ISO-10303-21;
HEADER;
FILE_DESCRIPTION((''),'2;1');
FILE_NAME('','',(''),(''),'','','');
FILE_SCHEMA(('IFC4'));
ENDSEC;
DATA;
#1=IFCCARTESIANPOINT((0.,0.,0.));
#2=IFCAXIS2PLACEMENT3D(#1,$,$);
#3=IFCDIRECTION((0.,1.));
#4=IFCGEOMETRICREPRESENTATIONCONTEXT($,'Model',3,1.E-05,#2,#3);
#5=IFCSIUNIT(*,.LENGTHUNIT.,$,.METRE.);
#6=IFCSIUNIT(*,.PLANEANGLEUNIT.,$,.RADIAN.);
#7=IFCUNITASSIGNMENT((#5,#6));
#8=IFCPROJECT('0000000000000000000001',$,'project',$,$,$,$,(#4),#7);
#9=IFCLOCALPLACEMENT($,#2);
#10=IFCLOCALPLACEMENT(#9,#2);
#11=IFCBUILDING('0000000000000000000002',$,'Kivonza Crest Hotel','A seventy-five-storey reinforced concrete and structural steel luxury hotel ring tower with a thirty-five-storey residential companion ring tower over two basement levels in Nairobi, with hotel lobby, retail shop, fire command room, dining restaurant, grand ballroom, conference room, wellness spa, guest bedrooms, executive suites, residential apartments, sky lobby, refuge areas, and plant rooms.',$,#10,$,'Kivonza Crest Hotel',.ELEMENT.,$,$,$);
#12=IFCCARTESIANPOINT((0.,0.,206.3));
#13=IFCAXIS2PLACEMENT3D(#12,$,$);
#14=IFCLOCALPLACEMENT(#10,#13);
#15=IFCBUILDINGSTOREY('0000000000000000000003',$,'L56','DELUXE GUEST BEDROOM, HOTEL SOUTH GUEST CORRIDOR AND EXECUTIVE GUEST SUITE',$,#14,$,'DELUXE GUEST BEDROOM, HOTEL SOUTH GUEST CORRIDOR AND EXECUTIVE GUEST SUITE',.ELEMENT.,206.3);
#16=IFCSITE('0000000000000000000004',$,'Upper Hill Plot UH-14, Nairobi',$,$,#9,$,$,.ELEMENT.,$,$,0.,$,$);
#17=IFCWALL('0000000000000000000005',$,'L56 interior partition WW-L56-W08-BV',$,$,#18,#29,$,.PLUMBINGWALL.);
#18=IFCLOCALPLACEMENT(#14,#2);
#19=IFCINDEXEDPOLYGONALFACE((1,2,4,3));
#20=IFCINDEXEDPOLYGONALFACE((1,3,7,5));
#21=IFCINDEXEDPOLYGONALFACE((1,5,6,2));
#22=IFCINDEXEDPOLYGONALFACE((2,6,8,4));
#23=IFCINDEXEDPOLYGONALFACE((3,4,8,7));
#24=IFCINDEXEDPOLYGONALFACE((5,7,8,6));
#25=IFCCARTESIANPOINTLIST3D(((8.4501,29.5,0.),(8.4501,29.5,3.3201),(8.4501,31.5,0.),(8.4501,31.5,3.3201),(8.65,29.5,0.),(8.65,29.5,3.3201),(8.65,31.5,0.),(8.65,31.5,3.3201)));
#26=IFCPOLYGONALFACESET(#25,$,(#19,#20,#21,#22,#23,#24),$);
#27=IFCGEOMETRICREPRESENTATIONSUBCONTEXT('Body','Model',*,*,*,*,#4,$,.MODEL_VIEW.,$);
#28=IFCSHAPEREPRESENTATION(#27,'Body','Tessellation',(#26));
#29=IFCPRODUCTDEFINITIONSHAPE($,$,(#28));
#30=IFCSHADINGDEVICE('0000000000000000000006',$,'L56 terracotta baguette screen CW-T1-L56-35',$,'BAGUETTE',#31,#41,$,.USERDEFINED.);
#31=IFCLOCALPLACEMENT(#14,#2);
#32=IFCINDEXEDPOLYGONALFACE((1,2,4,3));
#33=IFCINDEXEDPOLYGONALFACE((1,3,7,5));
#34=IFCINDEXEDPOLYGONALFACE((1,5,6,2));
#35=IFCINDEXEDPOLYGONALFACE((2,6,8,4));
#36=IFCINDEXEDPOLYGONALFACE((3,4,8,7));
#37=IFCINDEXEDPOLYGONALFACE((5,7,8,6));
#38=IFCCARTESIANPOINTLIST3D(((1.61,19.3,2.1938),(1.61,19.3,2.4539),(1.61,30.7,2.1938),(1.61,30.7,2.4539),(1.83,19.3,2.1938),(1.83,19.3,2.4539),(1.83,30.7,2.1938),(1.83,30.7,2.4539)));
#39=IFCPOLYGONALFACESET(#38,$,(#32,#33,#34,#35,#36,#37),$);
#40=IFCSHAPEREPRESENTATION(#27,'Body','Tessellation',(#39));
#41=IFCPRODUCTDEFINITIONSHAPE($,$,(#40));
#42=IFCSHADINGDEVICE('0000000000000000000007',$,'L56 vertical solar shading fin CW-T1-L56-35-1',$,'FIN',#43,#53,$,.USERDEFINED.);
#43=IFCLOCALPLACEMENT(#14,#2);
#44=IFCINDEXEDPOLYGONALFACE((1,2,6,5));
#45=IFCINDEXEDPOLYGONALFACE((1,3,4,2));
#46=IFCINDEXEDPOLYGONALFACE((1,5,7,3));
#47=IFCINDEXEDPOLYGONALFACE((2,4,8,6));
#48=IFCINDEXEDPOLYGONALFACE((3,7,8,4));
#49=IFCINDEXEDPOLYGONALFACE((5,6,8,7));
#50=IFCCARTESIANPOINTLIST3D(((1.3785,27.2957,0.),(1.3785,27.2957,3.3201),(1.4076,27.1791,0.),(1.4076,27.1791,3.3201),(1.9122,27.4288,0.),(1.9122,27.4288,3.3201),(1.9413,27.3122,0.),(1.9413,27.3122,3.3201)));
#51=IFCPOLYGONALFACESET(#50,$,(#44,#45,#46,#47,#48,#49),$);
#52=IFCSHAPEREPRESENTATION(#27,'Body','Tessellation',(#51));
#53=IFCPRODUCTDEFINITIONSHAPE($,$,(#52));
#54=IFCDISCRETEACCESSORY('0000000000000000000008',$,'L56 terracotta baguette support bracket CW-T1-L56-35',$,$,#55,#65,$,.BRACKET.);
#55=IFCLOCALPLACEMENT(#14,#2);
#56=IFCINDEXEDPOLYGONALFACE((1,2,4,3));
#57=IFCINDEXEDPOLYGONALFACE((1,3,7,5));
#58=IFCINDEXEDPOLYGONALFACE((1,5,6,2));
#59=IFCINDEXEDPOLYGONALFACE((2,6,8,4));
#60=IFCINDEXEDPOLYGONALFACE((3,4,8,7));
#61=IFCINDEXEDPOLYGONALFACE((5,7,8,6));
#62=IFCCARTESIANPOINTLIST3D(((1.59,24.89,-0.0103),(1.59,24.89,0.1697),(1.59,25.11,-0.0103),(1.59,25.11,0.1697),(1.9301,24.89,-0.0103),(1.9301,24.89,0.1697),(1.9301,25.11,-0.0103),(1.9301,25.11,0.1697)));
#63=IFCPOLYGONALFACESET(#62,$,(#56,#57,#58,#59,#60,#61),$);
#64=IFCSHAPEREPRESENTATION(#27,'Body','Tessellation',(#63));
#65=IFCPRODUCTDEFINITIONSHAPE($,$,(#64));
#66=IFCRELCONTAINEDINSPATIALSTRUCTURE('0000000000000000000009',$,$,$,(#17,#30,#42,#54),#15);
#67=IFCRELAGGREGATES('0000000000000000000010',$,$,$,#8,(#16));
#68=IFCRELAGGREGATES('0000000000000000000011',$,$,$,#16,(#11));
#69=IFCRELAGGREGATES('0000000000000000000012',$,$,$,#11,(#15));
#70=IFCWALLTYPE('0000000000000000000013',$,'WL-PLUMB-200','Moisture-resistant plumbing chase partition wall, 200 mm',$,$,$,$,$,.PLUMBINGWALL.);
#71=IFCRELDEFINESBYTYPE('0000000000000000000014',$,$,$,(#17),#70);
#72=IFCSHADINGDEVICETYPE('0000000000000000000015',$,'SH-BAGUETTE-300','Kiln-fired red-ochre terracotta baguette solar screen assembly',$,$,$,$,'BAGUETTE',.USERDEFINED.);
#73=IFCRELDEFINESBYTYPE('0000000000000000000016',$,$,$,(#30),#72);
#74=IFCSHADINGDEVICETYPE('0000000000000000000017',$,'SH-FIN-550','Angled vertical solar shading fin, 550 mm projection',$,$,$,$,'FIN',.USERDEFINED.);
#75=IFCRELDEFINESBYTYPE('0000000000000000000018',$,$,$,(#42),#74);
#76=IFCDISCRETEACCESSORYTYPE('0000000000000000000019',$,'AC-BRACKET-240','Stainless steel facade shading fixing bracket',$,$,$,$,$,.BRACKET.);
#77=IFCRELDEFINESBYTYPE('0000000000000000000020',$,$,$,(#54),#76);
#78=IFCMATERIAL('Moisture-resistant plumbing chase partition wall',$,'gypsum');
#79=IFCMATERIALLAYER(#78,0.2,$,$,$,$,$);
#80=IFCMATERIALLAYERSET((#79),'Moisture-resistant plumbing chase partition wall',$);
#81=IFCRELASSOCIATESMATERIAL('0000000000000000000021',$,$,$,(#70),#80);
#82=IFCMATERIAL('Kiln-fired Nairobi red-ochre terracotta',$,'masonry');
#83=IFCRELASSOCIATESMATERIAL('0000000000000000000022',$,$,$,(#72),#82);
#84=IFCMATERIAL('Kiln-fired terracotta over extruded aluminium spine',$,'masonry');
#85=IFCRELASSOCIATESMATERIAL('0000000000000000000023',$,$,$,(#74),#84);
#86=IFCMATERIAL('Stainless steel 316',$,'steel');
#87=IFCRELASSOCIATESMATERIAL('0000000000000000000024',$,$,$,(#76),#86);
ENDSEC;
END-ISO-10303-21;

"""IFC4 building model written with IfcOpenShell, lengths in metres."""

from ifc_helpers import new_model, si_unit, direction, frame, frame_2d, origin, origin_2d, place, context, subcontext, project, spatial, rectangle, extrude, material, layer, layer_set, type_object, element, save


model = new_model("IFC4")

# Units and contexts
model_context = context("Model", 3, precision=1e-05, world=origin(), true_north=direction((0.0, 1.0)))
body_context = subcontext(model_context, "Body", "Model", "MODEL_VIEW")
ifc_project = project(units=[si_unit("LENGTHUNIT", "METRE"), si_unit("PLANEANGLEUNIT", "RADIAN")], contexts=[model_context])

# Site, building, storey
site_placement = place(None, origin())
site = spatial("IfcSite", under=ifc_project, at=site_placement, Name="Upper Hill Plot UH-14, Nairobi", CompositionType="ELEMENT", RefElevation=0.0)
building_placement = place(site_placement, origin())
building = spatial("IfcBuilding", under=site, at=building_placement, Name="Kivonza Crest Hotel", Description="A seventy-five-storey reinforced concrete and structural steel luxury hotel ring tower with a thirty-five-storey residential companion ring tower over two basement levels in Nairobi, with hotel lobby, retail shop, fire command room, dining restaurant, grand ballroom, conference room, wellness spa, guest bedrooms, executive suites, residential apartments, sky lobby, refuge areas, and plant rooms.", LongName="Kivonza Crest Hotel", CompositionType="ELEMENT")
storey_placement = place(building_placement, frame((0.0, 0.0, 206.3)))
storey = spatial("IfcBuildingStorey", under=building, at=storey_placement, Name="L56", Description="DELUXE GUEST BEDROOM, HOTEL SOUTH GUEST CORRIDOR AND EXECUTIVE GUEST SUITE", LongName="DELUXE GUEST BEDROOM, HOTEL SOUTH GUEST CORRIDOR AND EXECUTIVE GUEST SUITE", CompositionType="ELEMENT", Elevation=206.3)

# Wall
ifc_material_1 = material(Name="Moisture-resistant plumbing chase partition wall", Category="gypsum")
ifc_layer_1 = layer(ifc_material_1, 0.2)
ifc_layer_set_1 = layer_set([ifc_layer_1], Name="Moisture-resistant plumbing chase partition wall")
wall_type_1 = type_object("IfcWallType", Name="WL-PLUMB-200", Description="Moisture-resistant plumbing chase partition wall, 200 mm", PredefinedType="PLUMBINGWALL", material=ifc_layer_set_1)
wall_1_placement = place(storey_placement, frame((8.55, 29.5, 0.0), z_axis=(0.0, 0.0, 1.0), x_axis=(0.0, 1.0, 0.0)))
element("IfcWall", 1, at=wall_1_placement, inside=storey, type_object=wall_type_1, Name="L56 interior partition WW-L56-W08-BV", PredefinedType="PLUMBINGWALL", context=body_context, shape_type="SweptSolid", body=[
    extrude(rectangle(XDim=2.0, YDim=0.2, at=frame_2d((1.0, 0.0))), origin(), (0.0, 0.0, 1.0), 3.3201),
])

# Shading devices
ifc_material_2 = material(Name="Kiln-fired Nairobi red-ochre terracotta", Category="masonry")
shading_device_type_1 = type_object("IfcShadingDeviceType", Name="SH-BAGUETTE-300", Description="Kiln-fired red-ochre terracotta baguette solar screen assembly", ElementType="BAGUETTE", PredefinedType="USERDEFINED", material=ifc_material_2)
shading_device_1_placement = place(storey_placement, frame((1.72, 25.0, 2.1938), z_axis=(0.0, 0.0, 1.0), x_axis=(0.0, -1.0, 0.0)))
element("IfcShadingDevice", 2, at=shading_device_1_placement, inside=storey, type_object=shading_device_type_1, Name="L56 terracotta baguette screen CW-T1-L56-35", ObjectType="BAGUETTE", PredefinedType="USERDEFINED", context=body_context, shape_type="SweptSolid", body=[
    extrude(rectangle(XDim=11.3999, YDim=0.22, at=origin_2d()), origin(), (0.0, 0.0, 1.0), 0.26),
])
ifc_material_3 = material(Name="Kiln-fired terracotta over extruded aluminium spine", Category="masonry")
shading_device_type_2 = type_object("IfcShadingDeviceType", Name="SH-FIN-550", Description="Angled vertical solar shading fin, 550 mm projection", ElementType="FIN", PredefinedType="USERDEFINED", material=ifc_material_3)
shading_device_2_placement = place(storey_placement, frame((1.6599, 27.304, 0.0), z_axis=(0.0, 0.0, 1.0), x_axis=(0.241922, -0.970296, 0.0)))
element("IfcShadingDevice", 3, at=shading_device_2_placement, inside=storey, type_object=shading_device_type_2, Name="L56 vertical solar shading fin CW-T1-L56-35-1", ObjectType="FIN", PredefinedType="USERDEFINED", context=body_context, shape_type="SweptSolid", body=[
    extrude(rectangle(XDim=0.1201, YDim=0.55, at=origin_2d()), origin(), (0.0, 0.0, 1.0), 3.3201),
])

# Discrete accessory
ifc_material_4 = material(Name="Stainless steel 316", Category="steel")
discrete_accessory_type = type_object("IfcDiscreteAccessoryType", Name="AC-BRACKET-240", Description="Stainless steel facade shading fixing bracket", PredefinedType="BRACKET", material=ifc_material_4)
discrete_accessory_placement = place(storey_placement, frame((1.76, 25.0, -0.0103), z_axis=(0.0, 0.0, 1.0), x_axis=(0.0, -1.0, 0.0)))
element("IfcDiscreteAccessory", 4, at=discrete_accessory_placement, inside=storey, type_object=discrete_accessory_type, Name="L56 terracotta baguette support bracket CW-T1-L56-35", PredefinedType="BRACKET", context=body_context, shape_type="SweptSolid", body=[
    extrude(rectangle(XDim=0.22, YDim=0.3401, at=origin_2d()), origin(), (0.0, 0.0, 1.0), 0.1799),
])

save(model, "model.ifc")
